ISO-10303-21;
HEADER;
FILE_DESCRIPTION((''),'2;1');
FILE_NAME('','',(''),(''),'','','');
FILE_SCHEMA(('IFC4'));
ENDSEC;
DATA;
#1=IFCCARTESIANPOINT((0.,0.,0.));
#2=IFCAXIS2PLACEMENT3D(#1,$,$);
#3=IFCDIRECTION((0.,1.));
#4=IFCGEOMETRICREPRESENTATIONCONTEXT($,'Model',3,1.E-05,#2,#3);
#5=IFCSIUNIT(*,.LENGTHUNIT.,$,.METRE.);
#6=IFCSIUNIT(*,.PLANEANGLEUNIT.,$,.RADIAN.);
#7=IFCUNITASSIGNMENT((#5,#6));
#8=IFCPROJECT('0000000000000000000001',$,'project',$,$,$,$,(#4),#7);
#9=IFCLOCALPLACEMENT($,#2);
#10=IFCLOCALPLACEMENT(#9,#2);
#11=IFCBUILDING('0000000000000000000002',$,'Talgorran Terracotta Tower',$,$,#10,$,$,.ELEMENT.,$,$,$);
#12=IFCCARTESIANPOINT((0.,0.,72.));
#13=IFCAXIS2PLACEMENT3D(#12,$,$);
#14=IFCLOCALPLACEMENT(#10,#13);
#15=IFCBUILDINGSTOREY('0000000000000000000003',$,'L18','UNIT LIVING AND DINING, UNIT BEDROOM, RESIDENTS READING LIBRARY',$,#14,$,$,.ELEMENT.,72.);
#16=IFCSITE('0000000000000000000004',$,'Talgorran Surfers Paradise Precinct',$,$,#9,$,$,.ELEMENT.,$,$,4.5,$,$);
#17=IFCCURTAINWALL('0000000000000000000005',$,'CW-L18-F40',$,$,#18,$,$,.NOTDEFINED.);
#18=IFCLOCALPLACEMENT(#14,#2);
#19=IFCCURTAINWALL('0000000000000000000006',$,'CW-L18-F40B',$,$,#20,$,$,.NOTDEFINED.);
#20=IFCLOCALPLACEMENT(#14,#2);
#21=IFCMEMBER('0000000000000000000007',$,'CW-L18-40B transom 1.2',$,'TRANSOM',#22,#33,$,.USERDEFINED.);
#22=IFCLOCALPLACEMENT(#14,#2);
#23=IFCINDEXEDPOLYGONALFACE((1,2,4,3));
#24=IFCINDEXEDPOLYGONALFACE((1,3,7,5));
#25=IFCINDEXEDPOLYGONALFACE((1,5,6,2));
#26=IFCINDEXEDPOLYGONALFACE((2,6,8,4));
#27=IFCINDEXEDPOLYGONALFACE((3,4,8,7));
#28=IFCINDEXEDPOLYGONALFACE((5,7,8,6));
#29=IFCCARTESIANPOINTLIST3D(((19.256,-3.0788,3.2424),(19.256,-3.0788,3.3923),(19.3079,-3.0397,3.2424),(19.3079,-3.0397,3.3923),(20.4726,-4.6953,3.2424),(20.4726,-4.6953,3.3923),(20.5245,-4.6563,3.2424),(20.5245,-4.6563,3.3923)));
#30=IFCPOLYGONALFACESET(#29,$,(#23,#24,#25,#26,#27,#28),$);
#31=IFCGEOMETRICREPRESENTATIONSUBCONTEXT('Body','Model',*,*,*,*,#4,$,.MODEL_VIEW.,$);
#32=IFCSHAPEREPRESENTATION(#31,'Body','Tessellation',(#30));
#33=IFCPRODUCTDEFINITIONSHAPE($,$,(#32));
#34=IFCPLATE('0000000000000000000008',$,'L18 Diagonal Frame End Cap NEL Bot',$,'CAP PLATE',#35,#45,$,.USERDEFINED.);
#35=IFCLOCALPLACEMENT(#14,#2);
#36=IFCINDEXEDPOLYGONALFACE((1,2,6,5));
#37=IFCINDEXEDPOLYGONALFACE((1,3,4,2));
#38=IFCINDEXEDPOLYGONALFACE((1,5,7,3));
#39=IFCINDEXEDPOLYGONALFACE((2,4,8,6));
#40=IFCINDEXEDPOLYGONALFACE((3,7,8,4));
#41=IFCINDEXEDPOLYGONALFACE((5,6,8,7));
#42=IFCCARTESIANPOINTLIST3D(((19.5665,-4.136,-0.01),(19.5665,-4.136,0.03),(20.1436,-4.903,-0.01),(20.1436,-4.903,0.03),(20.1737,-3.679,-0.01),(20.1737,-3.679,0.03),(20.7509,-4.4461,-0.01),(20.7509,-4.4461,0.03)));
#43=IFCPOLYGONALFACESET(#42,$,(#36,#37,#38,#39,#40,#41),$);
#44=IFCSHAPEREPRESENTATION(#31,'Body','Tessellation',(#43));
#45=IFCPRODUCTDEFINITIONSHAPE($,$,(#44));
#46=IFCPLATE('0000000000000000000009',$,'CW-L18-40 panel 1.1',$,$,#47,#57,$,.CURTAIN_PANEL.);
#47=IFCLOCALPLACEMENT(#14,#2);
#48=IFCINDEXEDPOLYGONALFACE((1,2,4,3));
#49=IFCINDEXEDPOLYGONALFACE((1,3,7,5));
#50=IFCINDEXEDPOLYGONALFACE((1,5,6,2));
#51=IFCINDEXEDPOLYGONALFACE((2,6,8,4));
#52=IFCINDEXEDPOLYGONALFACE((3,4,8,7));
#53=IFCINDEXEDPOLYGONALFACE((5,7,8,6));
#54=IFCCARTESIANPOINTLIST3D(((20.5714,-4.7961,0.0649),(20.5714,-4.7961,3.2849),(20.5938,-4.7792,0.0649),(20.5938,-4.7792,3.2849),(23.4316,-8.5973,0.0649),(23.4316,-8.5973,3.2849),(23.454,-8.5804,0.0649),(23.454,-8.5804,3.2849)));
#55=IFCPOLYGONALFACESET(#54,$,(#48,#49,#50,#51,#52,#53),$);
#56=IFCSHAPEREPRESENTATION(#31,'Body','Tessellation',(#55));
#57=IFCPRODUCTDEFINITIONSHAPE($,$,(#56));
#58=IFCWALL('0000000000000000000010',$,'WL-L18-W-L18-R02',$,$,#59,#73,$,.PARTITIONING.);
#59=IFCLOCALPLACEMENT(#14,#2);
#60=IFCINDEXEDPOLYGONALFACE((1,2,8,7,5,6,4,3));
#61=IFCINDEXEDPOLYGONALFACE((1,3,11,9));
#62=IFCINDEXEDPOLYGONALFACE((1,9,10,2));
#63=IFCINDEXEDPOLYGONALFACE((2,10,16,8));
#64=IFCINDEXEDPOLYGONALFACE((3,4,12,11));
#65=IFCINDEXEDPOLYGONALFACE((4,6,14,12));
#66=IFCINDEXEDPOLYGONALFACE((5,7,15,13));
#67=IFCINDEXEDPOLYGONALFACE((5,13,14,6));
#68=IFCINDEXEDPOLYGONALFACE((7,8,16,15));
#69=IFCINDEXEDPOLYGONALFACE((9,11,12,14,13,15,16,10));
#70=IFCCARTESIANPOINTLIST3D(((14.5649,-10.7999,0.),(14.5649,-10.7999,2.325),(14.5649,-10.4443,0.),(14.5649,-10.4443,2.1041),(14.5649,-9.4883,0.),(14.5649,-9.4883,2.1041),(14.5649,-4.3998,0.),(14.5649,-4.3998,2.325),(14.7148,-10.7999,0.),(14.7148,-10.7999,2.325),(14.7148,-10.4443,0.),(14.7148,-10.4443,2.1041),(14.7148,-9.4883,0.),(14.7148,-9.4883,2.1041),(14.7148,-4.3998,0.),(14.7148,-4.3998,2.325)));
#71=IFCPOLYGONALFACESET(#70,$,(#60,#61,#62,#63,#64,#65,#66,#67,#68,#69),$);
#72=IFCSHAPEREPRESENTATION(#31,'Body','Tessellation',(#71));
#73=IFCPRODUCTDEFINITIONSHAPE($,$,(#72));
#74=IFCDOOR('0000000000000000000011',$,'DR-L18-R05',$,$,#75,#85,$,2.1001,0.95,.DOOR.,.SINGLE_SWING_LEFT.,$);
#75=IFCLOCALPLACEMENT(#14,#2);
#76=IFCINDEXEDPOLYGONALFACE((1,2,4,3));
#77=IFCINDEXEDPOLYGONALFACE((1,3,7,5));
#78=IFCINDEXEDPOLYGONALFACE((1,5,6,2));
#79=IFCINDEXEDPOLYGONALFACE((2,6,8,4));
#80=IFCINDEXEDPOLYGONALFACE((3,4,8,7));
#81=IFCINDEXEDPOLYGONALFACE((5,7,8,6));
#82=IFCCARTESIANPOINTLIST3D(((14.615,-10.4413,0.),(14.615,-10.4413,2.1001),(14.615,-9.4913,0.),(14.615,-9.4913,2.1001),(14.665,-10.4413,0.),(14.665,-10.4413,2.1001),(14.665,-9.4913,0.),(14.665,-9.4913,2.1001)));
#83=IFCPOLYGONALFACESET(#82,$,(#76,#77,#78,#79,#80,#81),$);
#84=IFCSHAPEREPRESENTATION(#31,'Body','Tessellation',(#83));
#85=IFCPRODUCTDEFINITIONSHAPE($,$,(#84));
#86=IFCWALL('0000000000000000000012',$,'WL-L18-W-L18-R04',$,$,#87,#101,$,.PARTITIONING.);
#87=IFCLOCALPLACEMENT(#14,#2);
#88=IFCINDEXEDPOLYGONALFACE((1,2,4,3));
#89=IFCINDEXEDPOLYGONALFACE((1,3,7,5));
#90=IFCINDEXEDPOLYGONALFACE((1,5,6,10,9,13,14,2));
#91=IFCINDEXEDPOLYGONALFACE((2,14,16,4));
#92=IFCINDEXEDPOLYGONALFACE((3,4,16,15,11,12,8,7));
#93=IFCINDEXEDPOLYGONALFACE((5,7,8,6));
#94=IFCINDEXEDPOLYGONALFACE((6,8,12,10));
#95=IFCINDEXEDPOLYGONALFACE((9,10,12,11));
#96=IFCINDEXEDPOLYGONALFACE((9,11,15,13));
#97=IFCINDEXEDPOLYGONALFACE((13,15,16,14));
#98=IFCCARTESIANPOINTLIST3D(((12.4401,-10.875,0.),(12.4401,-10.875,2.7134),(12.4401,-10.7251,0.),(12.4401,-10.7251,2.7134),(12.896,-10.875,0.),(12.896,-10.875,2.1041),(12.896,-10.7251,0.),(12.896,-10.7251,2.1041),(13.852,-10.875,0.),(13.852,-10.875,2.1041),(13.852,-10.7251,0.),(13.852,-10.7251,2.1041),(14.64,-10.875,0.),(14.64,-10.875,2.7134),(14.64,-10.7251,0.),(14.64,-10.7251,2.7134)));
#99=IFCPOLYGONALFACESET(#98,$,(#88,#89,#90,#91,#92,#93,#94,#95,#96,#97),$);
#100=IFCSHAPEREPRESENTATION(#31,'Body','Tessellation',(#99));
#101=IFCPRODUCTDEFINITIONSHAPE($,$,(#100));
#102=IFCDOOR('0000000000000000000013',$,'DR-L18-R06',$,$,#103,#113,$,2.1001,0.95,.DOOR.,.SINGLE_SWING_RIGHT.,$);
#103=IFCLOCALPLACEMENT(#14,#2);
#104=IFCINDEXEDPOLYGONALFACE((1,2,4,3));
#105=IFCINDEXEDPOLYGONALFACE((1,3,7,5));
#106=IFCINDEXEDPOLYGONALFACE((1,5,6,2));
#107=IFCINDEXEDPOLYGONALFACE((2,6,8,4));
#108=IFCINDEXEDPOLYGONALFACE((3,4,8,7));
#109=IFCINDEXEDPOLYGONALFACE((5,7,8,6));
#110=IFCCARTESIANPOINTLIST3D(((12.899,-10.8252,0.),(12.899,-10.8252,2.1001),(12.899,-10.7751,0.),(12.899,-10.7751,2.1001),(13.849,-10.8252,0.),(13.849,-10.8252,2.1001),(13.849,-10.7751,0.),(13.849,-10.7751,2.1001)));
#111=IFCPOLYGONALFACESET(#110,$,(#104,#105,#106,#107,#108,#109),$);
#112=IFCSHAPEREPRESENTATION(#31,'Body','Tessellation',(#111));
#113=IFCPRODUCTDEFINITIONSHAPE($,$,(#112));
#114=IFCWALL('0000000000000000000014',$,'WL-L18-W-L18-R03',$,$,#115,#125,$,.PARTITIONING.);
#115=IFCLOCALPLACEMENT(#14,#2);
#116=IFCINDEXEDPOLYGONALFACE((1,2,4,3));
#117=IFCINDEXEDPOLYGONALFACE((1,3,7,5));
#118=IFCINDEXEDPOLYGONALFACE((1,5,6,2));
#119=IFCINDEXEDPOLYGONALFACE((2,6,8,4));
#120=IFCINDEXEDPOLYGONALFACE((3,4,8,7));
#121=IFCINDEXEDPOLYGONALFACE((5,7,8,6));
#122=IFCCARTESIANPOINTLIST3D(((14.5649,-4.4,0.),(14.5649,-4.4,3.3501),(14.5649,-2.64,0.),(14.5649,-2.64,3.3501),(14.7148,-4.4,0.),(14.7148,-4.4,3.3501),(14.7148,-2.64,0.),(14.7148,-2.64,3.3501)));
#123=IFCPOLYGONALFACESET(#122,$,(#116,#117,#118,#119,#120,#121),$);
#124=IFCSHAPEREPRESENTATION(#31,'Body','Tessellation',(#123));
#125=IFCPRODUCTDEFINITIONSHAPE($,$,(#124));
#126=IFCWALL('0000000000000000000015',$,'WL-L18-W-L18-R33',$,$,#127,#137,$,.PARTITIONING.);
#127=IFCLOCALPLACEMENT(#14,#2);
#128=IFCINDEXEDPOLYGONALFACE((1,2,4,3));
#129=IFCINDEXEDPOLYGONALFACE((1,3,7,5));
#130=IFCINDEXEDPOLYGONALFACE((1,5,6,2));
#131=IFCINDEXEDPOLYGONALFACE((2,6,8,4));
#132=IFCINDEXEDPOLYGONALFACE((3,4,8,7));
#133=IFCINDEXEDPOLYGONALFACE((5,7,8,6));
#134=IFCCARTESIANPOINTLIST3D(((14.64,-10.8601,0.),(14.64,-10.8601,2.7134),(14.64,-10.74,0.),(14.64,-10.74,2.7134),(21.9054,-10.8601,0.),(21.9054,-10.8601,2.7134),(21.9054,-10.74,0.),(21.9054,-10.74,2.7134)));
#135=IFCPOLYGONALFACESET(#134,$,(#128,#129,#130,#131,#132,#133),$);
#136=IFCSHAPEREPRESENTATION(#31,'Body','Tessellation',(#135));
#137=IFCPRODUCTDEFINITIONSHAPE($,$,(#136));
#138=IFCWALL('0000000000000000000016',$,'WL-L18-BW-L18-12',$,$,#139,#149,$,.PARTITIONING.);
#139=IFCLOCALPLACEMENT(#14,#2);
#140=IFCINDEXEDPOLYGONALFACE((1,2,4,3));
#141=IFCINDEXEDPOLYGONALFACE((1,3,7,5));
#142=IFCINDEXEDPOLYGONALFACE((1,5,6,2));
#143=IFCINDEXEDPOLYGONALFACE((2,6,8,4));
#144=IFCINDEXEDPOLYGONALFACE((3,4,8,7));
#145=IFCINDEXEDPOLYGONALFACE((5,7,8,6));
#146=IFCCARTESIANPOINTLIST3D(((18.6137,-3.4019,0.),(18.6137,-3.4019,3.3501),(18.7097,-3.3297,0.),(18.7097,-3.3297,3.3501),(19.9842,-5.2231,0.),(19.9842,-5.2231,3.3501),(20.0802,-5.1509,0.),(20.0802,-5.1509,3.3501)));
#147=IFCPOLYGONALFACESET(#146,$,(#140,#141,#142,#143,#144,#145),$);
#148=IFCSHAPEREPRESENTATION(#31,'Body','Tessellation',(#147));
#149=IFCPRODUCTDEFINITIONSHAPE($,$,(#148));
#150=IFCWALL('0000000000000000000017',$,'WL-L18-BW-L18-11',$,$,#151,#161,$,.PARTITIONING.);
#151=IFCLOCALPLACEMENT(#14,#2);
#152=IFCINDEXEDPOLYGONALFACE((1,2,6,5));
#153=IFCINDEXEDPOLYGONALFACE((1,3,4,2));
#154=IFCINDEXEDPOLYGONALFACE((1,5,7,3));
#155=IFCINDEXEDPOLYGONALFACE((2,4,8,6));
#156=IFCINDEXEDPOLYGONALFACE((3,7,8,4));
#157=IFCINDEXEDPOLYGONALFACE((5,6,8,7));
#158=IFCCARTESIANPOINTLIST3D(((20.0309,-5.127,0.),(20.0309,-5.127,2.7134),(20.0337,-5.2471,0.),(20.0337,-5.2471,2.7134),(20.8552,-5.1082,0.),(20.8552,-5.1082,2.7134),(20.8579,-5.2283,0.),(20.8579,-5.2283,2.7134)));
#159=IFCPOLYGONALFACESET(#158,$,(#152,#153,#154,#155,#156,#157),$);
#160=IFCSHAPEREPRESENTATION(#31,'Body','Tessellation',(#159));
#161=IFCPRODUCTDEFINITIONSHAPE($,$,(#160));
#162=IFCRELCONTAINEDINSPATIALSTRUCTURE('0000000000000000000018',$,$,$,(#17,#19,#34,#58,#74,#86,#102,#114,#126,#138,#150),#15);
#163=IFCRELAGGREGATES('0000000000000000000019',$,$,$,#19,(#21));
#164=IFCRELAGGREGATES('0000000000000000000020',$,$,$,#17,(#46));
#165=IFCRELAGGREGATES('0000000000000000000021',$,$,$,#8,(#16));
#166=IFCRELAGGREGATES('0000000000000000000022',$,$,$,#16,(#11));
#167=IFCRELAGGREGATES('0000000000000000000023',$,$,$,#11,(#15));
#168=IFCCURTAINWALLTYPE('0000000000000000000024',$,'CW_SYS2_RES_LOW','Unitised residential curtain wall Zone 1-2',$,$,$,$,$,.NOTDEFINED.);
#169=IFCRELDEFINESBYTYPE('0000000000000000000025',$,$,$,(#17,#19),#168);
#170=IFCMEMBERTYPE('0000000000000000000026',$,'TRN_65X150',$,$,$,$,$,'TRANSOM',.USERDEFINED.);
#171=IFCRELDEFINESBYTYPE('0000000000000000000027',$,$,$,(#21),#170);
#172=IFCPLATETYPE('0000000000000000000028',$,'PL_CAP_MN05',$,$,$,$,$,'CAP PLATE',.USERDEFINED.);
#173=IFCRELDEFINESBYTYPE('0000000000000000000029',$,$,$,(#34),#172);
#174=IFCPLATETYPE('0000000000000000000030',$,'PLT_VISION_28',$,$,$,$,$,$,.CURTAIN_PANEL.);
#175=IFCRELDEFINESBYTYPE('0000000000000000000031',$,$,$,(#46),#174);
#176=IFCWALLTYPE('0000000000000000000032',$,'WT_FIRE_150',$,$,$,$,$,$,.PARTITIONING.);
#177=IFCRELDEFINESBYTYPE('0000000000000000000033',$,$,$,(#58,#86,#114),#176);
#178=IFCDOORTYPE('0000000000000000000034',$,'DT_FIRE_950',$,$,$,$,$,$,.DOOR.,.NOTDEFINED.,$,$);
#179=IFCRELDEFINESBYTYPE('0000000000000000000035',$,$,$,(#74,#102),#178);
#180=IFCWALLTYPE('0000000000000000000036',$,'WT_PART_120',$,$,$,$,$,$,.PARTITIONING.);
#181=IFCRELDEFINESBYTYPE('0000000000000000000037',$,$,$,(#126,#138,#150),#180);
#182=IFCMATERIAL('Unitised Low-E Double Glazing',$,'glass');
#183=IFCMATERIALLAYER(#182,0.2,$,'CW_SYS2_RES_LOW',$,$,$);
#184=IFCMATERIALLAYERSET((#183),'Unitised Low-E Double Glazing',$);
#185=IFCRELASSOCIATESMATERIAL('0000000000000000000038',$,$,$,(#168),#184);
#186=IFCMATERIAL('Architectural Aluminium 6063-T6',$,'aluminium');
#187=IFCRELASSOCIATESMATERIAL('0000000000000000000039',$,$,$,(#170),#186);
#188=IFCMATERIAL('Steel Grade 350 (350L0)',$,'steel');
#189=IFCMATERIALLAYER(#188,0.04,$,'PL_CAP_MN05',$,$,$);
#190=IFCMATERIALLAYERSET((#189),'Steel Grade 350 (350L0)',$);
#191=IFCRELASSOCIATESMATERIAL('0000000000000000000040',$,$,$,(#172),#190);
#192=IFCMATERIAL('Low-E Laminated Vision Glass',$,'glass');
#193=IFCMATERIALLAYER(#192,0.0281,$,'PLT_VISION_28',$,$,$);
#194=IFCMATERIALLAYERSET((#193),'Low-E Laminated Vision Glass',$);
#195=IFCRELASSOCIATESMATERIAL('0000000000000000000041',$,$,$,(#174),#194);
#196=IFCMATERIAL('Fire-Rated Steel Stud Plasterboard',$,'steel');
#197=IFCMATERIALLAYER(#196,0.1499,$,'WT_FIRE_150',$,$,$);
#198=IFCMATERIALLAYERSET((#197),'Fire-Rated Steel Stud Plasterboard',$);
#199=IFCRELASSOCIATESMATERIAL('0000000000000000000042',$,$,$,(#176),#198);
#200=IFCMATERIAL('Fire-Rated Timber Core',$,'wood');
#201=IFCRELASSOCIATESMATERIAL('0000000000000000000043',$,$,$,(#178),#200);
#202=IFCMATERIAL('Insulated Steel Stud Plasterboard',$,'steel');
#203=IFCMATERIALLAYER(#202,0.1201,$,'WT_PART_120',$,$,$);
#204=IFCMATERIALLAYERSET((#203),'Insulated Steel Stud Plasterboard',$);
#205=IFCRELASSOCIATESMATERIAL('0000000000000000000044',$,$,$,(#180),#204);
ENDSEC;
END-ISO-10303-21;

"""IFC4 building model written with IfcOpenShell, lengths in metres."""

from ifc_helpers import new_model, si_unit, direction, frame, frame_2d, origin, origin_2d, place, context, subcontext, project, spatial, rectangle, extrude, source, transform, mapped, material, layer, layer_set, material_profile, profile_set, type_object, type_shapes, element, fill, aggregate, save


model = new_model("IFC4")

# Units and contexts
model_context = context("Model", 3, precision=1e-05, world=origin(), true_north=direction((0.0, 1.0)))
body_context = subcontext(model_context, "Body", "Model", "MODEL_VIEW")
ifc_project = project(units=[si_unit("LENGTHUNIT", "METRE"), si_unit("PLANEANGLEUNIT", "RADIAN")], contexts=[model_context])

# Site, building, storey
site_placement = place(None, origin())
site = spatial("IfcSite", under=ifc_project, at=site_placement, Name="Talgorran Surfers Paradise Precinct", CompositionType="ELEMENT", RefElevation=4.5)
building_placement = place(site_placement, origin())
building = spatial("IfcBuilding", under=site, at=building_placement, Name="Talgorran Terracotta Tower", CompositionType="ELEMENT")
storey_placement = place(building_placement, frame((0.0, 0.0, 72.0)))
storey = spatial("IfcBuildingStorey", under=building, at=storey_placement, Name="L18", Description="UNIT LIVING AND DINING, UNIT BEDROOM, RESIDENTS READING LIBRARY", CompositionType="ELEMENT", Elevation=72.0)

# Shared definitions
ifc_material_1 = material(Name="Steel Grade 350 (350L0)", Category="steel")

# Shared definitions
ifc_material_2 = material(Name="Unitised Low-E Double Glazing", Category="glass")
ifc_layer_1 = layer(ifc_material_2, 0.2, Name="CW_SYS2_RES_LOW")
ifc_layer_set_1 = layer_set([ifc_layer_1], Name="Unitised Low-E Double Glazing")
curtain_wall_type = type_object("IfcCurtainWallType", Name="CW_SYS2_RES_LOW", Description="Unitised residential curtain wall Zone 1-2", PredefinedType="NOTDEFINED", material=ifc_layer_set_1)
ifc_material_3 = material(Name="Architectural Aluminium 6063-T6", Category="aluminium")

# Curtain wall
curtain_wall_1_placement = place(storey_placement, origin())
curtain_wall_1 = element("IfcCurtainWall", 1, at=curtain_wall_1_placement, inside=storey, type_object=curtain_wall_type, Name="CW-L18-F40", PredefinedType="NOTDEFINED")

# Curtain wall
curtain_wall_2_placement = place(storey_placement, origin())
curtain_wall_2 = element("IfcCurtainWall", 2, at=curtain_wall_2_placement, inside=storey, type_object=curtain_wall_type, Name="CW-L18-F40B", PredefinedType="NOTDEFINED")

# Member
ifc_material_profile_1 = material_profile(ifc_material_3, rectangle(XDim=0.0649, YDim=0.1499, at=origin_2d()), Name="CWT65X150")
ifc_profile_set_1 = profile_set([ifc_material_profile_1], Name="Architectural Aluminium 6063-T6")
member_type_1 = type_object("IfcMemberType", Name="TRN_65X150", ElementType="TRANSOM", PredefinedType="USERDEFINED", material=ifc_profile_set_1)
member_1_placement = place(storey_placement, frame((20.4985, -4.6758, 3.3174), z_axis=(-0.601331, 0.799, 0.0), x_axis=(-0.799, -0.601331, 0.0)))
member_1 = element("IfcMember", 3, at=member_1_placement, type_object=member_type_1, Name="CW-L18-40B transom 1.2", ObjectType="TRANSOM", PredefinedType="USERDEFINED", context=body_context, shape_type="SweptSolid", body=[
    extrude(rectangle(XDim=0.0649, YDim=0.1499, at=origin_2d()), origin(), (0.0, 0.0, 1.0), 2.0232),
])
aggregate(curtain_wall_2, [member_1])

# Plates
ifc_layer_2 = layer(ifc_material_1, 0.04, Name="PL_CAP_MN05")
ifc_layer_set_2 = layer_set([ifc_layer_2], Name="Steel Grade 350 (350L0)")
plate_type_1 = type_object("IfcPlateType", Name="PL_CAP_MN05", ElementType="CAP PLATE", PredefinedType="USERDEFINED", material=ifc_layer_set_2)
plate_1_placement = place(storey_placement, frame((20.1587, -4.291, -0.01), z_axis=(0.0, 0.0, 1.0), x_axis=(-0.601257, 0.799055, 0.0)))
element("IfcPlate", 4, at=plate_1_placement, inside=storey, type_object=plate_type_1, Name="L18 Diagonal Frame End Cap NEL Bot", ObjectType="CAP PLATE", PredefinedType="USERDEFINED", context=body_context, shape_type="SweptSolid", body=[
    extrude(rectangle(XDim=0.96, YDim=0.76, at=origin_2d()), origin(), (0.0, 0.0, 1.0), 0.04),
])
ifc_material_4 = material(Name="Low-E Laminated Vision Glass", Category="glass")
ifc_layer_3 = layer(ifc_material_4, 0.0281, Name="PLT_VISION_28")
ifc_layer_set_3 = layer_set([ifc_layer_3], Name="Low-E Laminated Vision Glass")
plate_type_2 = type_object("IfcPlateType", Name="PLT_VISION_28", PredefinedType="CURTAIN_PANEL", material=ifc_layer_set_3)
shared_shape = source(origin(), body_context, "Body", "SweptSolid", [
    extrude(rectangle(XDim=4.7571, YDim=0.0281, at=origin_2d()), origin(), (0.0, 0.0, 1.0), 3.22),
])
type_shapes(plate_type_2, [shared_shape])
plate_2_placement = place(storey_placement, frame((22.0127, -6.6882, 0.0649), z_axis=(0.0, 0.0, 1.0), x_axis=(-0.60124, 0.799068, 0.0)))
plate_2 = element("IfcPlate", 5, at=plate_2_placement, type_object=plate_type_2, Name="CW-L18-40 panel 1.1", PredefinedType="CURTAIN_PANEL", context=body_context, shape_type="MappedRepresentation", body=[
    mapped(shared_shape, transform((0.0, 0.0, 0.0), scale=1.0)),
])
aggregate(curtain_wall_1, [plate_2])

# Walls, openings, doors
ifc_material_5 = material(Name="Fire-Rated Steel Stud Plasterboard", Category="steel")
ifc_layer_4 = layer(ifc_material_5, 0.1499, Name="WT_FIRE_150")
ifc_layer_set_4 = layer_set([ifc_layer_4], Name="Fire-Rated Steel Stud Plasterboard")
wall_type_1 = type_object("IfcWallType", Name="WT_FIRE_150", PredefinedType="PARTITIONING", material=ifc_layer_set_4)
wall_1_placement = place(storey_placement, frame((14.6399, -10.8, 0.0), z_axis=(0.0, 0.0, 1.0), x_axis=(0.0, 1.0, 0.0)))
wall_1 = element("IfcWall", 6, at=wall_1_placement, inside=storey, type_object=wall_type_1, Name="WL-L18-W-L18-R02", PredefinedType="PARTITIONING", context=body_context, shape_type="SweptSolid", body=[
    extrude(rectangle(XDim=6.4001, YDim=0.1499, at=frame_2d((3.2002, 0.0))), origin(), (0.0, 0.0, 1.0), 2.325),
])
opening_1_placement = place(wall_1_placement, frame((0.3586, 0.0, 0.0)))
opening_1 = element("IfcOpeningElement", 7, at=opening_1_placement, cuts=wall_1, PredefinedType="OPENING", context=body_context, shape_type="SweptSolid", body=[
    extrude(rectangle(XDim=0.956, YDim=2.1041, at=frame_2d((0.4751, 1.052))), frame((0.0, 0.085, 0.0), z_axis=(0.0, -1.0, 0.0), x_axis=(1.0, 0.0, 0.0)), (0.0, 0.0, 1.0), 0.1699),
])
ifc_material_6 = material(Name="Fire-Rated Timber Core", Category="wood")
door_type = type_object("IfcDoorType", Name="DT_FIRE_950", OperationType="NOTDEFINED", PredefinedType="DOOR", material=ifc_material_6)
door_1_placement = place(opening_1_placement, origin())
door_1 = element("IfcDoor", 8, at=door_1_placement, inside=storey, type_object=door_type, Name="DR-L18-R05", OperationType="SINGLE_SWING_LEFT", OverallHeight=2.1001, OverallWidth=0.95, PredefinedType="DOOR", context=body_context, shape_type="SweptSolid", body=[
    extrude(rectangle(XDim=0.95, YDim=2.1001, at=frame_2d((0.4751, 1.05))), frame((0.0, 0.0249, 0.0), z_axis=(0.0, -1.0, 0.0), x_axis=(1.0, 0.0, 0.0)), (0.0, 0.0, 1.0), 0.05),
])
fill(opening_1, door_1)
wall_2_placement = place(storey_placement, frame((12.4399, -10.8, 0.0), z_axis=(0.0, 0.0, 1.0), x_axis=(1.0, 0.0, 0.0)))
wall_2 = element("IfcWall", 9, at=wall_2_placement, inside=storey, type_object=wall_type_1, Name="WL-L18-W-L18-R04", PredefinedType="PARTITIONING", context=body_context, shape_type="SweptSolid", body=[
    extrude(rectangle(XDim=2.2, YDim=0.1499, at=frame_2d((1.1001, 0.0))), origin(), (0.0, 0.0, 1.0), 2.7134),
])
opening_2_placement = place(wall_2_placement, frame((0.459, 0.0, 0.0)))
opening_2 = element("IfcOpeningElement", 10, at=opening_2_placement, cuts=wall_2, PredefinedType="OPENING", context=body_context, shape_type="SweptSolid", body=[
    extrude(rectangle(XDim=0.956, YDim=2.1041, at=frame_2d((0.4751, 1.052))), frame((0.0, 0.085, 0.0), z_axis=(0.0, -1.0, 0.0), x_axis=(1.0, 0.0, 0.0)), (0.0, 0.0, 1.0), 0.1699),
])
door_2_placement = place(opening_2_placement, origin())
door_2 = element("IfcDoor", 11, at=door_2_placement, inside=storey, type_object=door_type, Name="DR-L18-R06", OperationType="SINGLE_SWING_RIGHT", OverallHeight=2.1001, OverallWidth=0.95, PredefinedType="DOOR", context=body_context, shape_type="SweptSolid", body=[
    extrude(rectangle(XDim=0.95, YDim=2.1001, at=frame_2d((0.4751, 1.05))), frame((0.0, 0.0249, 0.0), z_axis=(0.0, -1.0, 0.0), x_axis=(1.0, 0.0, 0.0)), (0.0, 0.0, 1.0), 0.05),
])
fill(opening_2, door_2)

# Walls
wall_3_placement = place(storey_placement, frame((14.6399, -4.3999, 0.0), z_axis=(0.0, 0.0, 1.0), x_axis=(0.0, 1.0, 0.0)))
element("IfcWall", 12, at=wall_3_placement, inside=storey, type_object=wall_type_1, Name="WL-L18-W-L18-R03", PredefinedType="PARTITIONING", context=body_context, shape_type="SweptSolid", body=[
    extrude(rectangle(XDim=1.76, YDim=0.1499, at=frame_2d((0.8799, 0.0))), origin(), (0.0, 0.0, 1.0), 3.3501),
])
ifc_material_7 = material(Name="Insulated Steel Stud Plasterboard", Category="steel")
ifc_layer_5 = layer(ifc_material_7, 0.1201, Name="WT_PART_120")
ifc_layer_set_5 = layer_set([ifc_layer_5], Name="Insulated Steel Stud Plasterboard")
wall_type_2 = type_object("IfcWallType", Name="WT_PART_120", PredefinedType="PARTITIONING", material=ifc_layer_set_5)
wall_4_placement = place(storey_placement, frame((14.6399, -10.8, 0.0), z_axis=(0.0, 0.0, 1.0), x_axis=(1.0, 0.0, 0.0)))
element("IfcWall", 13, at=wall_4_placement, inside=storey, type_object=wall_type_2, Name="WL-L18-W-L18-R33", PredefinedType="PARTITIONING", context=body_context, shape_type="SweptSolid", body=[
    extrude(rectangle(XDim=7.2654, YDim=0.1201, at=frame_2d((3.6328, 0.0))), origin(), (0.0, 0.0, 1.0), 2.7134),
])
wall_5_placement = place(storey_placement, frame((20.0322, -5.187, 0.0), z_axis=(0.0, 0.0, 1.0), x_axis=(-0.601302, 0.799022, 0.0)))
element("IfcWall", 14, at=wall_5_placement, inside=storey, type_object=wall_type_2, Name="WL-L18-BW-L18-12", PredefinedType="PARTITIONING", context=body_context, shape_type="SweptSolid", body=[
    extrude(rectangle(XDim=2.2793, YDim=0.1201, at=frame_2d((1.1396, 0.0))), origin(), (0.0, 0.0, 1.0), 3.3501),
])
wall_6_placement = place(storey_placement, frame((20.8564, -5.1682, 0.0), z_axis=(0.0, 0.0, 1.0), x_axis=(-0.99974, -0.022802, 0.0)))
element("IfcWall", 15, at=wall_6_placement, inside=storey, type_object=wall_type_2, Name="WL-L18-BW-L18-11", PredefinedType="PARTITIONING", context=body_context, shape_type="SweptSolid", body=[
    extrude(rectangle(XDim=0.8245, YDim=0.1201, at=frame_2d((0.4121, 0.0))), origin(), (0.0, 0.0, 1.0), 2.7134),
])

save(model, "model.ifc")
